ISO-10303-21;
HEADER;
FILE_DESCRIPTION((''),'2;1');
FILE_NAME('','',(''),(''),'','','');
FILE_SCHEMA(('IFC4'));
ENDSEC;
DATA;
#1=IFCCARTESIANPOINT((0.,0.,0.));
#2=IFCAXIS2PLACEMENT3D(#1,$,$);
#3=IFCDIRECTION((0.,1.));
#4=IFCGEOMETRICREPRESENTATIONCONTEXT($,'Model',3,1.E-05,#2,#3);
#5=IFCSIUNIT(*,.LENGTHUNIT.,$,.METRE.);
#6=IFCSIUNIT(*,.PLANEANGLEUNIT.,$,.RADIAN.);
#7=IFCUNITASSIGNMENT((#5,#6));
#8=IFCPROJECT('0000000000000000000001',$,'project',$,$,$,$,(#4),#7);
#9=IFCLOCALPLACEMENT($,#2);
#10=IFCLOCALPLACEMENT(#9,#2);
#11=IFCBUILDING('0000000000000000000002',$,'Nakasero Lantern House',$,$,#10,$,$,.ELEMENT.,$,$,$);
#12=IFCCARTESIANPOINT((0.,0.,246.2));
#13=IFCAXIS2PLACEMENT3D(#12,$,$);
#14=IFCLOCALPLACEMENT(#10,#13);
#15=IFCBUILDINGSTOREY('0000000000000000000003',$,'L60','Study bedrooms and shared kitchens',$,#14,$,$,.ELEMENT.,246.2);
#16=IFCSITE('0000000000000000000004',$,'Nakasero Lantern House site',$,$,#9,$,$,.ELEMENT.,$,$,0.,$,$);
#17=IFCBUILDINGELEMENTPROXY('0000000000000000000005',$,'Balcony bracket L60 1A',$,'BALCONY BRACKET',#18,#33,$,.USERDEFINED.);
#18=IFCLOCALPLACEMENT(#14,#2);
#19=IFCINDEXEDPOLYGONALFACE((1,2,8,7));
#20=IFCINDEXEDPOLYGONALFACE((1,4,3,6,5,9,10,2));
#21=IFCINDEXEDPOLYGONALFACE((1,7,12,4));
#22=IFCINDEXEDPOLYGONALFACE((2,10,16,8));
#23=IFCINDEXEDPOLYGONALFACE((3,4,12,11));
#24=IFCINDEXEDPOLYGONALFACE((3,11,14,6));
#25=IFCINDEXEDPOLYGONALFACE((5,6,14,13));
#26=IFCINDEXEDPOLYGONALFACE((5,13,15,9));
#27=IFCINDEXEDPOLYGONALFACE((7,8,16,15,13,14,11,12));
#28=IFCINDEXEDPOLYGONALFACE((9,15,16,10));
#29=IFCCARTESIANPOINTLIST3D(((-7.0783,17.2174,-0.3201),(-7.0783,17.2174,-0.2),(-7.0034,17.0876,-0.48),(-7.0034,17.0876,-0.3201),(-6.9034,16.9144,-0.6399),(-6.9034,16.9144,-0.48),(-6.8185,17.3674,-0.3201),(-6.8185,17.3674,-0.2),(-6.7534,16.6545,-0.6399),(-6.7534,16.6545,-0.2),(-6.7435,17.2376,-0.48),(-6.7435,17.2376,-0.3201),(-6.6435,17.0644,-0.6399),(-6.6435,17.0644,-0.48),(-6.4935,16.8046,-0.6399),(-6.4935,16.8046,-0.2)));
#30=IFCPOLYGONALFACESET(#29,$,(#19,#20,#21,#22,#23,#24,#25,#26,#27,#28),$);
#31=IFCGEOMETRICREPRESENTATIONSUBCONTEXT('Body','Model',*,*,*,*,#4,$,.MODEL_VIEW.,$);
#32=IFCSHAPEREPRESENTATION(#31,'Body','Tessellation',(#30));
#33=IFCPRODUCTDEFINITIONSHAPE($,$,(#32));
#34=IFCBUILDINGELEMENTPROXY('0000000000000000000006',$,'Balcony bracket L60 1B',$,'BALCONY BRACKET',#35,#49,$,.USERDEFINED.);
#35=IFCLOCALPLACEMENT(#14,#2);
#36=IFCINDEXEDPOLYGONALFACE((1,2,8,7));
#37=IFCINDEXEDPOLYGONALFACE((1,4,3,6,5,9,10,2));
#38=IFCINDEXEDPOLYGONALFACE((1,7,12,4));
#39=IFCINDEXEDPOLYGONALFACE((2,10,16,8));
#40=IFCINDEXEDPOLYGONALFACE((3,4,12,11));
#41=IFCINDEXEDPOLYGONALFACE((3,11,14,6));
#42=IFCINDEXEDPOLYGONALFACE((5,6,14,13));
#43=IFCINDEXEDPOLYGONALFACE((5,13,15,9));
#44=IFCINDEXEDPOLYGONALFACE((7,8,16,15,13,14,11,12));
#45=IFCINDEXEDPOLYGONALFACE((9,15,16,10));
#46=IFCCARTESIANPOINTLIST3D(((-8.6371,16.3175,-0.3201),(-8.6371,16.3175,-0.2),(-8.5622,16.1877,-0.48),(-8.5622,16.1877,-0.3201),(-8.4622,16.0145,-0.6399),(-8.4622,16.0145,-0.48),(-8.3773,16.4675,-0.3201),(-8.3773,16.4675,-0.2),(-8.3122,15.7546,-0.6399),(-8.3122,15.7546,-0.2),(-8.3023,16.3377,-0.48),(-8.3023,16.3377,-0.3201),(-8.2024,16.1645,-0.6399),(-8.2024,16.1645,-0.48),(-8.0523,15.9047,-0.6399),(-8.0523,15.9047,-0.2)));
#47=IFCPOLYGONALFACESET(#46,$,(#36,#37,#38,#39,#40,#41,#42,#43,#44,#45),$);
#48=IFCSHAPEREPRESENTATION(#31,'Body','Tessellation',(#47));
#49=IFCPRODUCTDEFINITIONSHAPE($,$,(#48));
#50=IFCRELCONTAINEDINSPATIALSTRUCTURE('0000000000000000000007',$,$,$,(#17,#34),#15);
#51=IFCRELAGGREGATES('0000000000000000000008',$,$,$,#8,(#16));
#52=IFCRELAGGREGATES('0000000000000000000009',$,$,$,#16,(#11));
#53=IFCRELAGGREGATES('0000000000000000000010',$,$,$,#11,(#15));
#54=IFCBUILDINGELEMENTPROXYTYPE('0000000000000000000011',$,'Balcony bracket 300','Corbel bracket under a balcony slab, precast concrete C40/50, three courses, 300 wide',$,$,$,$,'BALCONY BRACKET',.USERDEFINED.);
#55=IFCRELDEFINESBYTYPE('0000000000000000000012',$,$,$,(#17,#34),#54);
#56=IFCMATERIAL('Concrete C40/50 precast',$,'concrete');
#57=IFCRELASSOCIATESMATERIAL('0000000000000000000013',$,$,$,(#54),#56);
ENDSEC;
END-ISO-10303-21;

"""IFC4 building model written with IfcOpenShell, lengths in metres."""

from ifc_helpers import new_model, si_unit, direction, frame, origin, place, context, subcontext, project, spatial, polyline, outline, extrude, material, type_object, element, save


model = new_model("IFC4")

# Units and contexts
model_context = context("Model", 3, precision=1e-05, world=origin(), true_north=direction((0.0, 1.0)))
body_context = subcontext(model_context, "Body", "Model", "MODEL_VIEW")
ifc_project = project(units=[si_unit("LENGTHUNIT", "METRE"), si_unit("PLANEANGLEUNIT", "RADIAN")], contexts=[model_context])

# Site, building, storey
site_placement = place(None, origin())
site = spatial("IfcSite", under=ifc_project, at=site_placement, Name="Nakasero Lantern House site", CompositionType="ELEMENT", RefElevation=0.0)
building_placement = place(site_placement, origin())
building = spatial("IfcBuilding", under=site, at=building_placement, Name="Nakasero Lantern House", CompositionType="ELEMENT")
storey_placement = place(building_placement, frame((0.0, 0.0, 246.2)))
storey = spatial("IfcBuildingStorey", under=building, at=storey_placement, Name="L60", Description="Study bedrooms and shared kitchens", CompositionType="ELEMENT", Elevation=246.2)

# Building element proxies
ifc_material_1 = material(Name="Concrete C40/50 precast", Category="concrete")
building_element_proxy_type = type_object("IfcBuildingElementProxyType", Name="Balcony bracket 300", Description="Corbel bracket under a balcony slab, precast concrete C40/50, three courses, 300 wide", ElementType="BALCONY BRACKET", PredefinedType="USERDEFINED", material=ifc_material_1)
for number, where, z_axis, x_axis, name in (
    (1, (-6.6235, 16.7295, -0.2), (0.0, 0.0, 1.0), (-0.5, 0.866025, 0.0), "Balcony bracket L60 1A"),
    (2, (-8.1824, 15.8296, -0.2), (0.0, 0.0, 1.0), (-0.5, 0.866025, 0.0), "Balcony bracket L60 1B"),
):
    element("IfcBuildingElementProxy", number, at=place(storey_placement, frame(where, z_axis=z_axis, x_axis=x_axis)), inside=storey, type_object=building_element_proxy_type, Name=name, ObjectType="BALCONY BRACKET", PredefinedType="USERDEFINED", context=body_context, shape_type="SweptSolid", body=[
        extrude(outline(polyline([(0.0, 0.0), (0.6499, 0.0), (0.6499, -0.1201), (0.5, -0.1201), (0.5, -0.28), (0.3, -0.28), (0.3, -0.4399), (0.0, -0.4399), (0.0, 0.0)])), frame((0.0, 0.1499, 0.0), z_axis=(0.0, -1.0, 0.0), x_axis=(1.0, 0.0, 0.0)), (0.0, 0.0, 1.0), 0.3),
    ])

save(model, "model.ifc")
